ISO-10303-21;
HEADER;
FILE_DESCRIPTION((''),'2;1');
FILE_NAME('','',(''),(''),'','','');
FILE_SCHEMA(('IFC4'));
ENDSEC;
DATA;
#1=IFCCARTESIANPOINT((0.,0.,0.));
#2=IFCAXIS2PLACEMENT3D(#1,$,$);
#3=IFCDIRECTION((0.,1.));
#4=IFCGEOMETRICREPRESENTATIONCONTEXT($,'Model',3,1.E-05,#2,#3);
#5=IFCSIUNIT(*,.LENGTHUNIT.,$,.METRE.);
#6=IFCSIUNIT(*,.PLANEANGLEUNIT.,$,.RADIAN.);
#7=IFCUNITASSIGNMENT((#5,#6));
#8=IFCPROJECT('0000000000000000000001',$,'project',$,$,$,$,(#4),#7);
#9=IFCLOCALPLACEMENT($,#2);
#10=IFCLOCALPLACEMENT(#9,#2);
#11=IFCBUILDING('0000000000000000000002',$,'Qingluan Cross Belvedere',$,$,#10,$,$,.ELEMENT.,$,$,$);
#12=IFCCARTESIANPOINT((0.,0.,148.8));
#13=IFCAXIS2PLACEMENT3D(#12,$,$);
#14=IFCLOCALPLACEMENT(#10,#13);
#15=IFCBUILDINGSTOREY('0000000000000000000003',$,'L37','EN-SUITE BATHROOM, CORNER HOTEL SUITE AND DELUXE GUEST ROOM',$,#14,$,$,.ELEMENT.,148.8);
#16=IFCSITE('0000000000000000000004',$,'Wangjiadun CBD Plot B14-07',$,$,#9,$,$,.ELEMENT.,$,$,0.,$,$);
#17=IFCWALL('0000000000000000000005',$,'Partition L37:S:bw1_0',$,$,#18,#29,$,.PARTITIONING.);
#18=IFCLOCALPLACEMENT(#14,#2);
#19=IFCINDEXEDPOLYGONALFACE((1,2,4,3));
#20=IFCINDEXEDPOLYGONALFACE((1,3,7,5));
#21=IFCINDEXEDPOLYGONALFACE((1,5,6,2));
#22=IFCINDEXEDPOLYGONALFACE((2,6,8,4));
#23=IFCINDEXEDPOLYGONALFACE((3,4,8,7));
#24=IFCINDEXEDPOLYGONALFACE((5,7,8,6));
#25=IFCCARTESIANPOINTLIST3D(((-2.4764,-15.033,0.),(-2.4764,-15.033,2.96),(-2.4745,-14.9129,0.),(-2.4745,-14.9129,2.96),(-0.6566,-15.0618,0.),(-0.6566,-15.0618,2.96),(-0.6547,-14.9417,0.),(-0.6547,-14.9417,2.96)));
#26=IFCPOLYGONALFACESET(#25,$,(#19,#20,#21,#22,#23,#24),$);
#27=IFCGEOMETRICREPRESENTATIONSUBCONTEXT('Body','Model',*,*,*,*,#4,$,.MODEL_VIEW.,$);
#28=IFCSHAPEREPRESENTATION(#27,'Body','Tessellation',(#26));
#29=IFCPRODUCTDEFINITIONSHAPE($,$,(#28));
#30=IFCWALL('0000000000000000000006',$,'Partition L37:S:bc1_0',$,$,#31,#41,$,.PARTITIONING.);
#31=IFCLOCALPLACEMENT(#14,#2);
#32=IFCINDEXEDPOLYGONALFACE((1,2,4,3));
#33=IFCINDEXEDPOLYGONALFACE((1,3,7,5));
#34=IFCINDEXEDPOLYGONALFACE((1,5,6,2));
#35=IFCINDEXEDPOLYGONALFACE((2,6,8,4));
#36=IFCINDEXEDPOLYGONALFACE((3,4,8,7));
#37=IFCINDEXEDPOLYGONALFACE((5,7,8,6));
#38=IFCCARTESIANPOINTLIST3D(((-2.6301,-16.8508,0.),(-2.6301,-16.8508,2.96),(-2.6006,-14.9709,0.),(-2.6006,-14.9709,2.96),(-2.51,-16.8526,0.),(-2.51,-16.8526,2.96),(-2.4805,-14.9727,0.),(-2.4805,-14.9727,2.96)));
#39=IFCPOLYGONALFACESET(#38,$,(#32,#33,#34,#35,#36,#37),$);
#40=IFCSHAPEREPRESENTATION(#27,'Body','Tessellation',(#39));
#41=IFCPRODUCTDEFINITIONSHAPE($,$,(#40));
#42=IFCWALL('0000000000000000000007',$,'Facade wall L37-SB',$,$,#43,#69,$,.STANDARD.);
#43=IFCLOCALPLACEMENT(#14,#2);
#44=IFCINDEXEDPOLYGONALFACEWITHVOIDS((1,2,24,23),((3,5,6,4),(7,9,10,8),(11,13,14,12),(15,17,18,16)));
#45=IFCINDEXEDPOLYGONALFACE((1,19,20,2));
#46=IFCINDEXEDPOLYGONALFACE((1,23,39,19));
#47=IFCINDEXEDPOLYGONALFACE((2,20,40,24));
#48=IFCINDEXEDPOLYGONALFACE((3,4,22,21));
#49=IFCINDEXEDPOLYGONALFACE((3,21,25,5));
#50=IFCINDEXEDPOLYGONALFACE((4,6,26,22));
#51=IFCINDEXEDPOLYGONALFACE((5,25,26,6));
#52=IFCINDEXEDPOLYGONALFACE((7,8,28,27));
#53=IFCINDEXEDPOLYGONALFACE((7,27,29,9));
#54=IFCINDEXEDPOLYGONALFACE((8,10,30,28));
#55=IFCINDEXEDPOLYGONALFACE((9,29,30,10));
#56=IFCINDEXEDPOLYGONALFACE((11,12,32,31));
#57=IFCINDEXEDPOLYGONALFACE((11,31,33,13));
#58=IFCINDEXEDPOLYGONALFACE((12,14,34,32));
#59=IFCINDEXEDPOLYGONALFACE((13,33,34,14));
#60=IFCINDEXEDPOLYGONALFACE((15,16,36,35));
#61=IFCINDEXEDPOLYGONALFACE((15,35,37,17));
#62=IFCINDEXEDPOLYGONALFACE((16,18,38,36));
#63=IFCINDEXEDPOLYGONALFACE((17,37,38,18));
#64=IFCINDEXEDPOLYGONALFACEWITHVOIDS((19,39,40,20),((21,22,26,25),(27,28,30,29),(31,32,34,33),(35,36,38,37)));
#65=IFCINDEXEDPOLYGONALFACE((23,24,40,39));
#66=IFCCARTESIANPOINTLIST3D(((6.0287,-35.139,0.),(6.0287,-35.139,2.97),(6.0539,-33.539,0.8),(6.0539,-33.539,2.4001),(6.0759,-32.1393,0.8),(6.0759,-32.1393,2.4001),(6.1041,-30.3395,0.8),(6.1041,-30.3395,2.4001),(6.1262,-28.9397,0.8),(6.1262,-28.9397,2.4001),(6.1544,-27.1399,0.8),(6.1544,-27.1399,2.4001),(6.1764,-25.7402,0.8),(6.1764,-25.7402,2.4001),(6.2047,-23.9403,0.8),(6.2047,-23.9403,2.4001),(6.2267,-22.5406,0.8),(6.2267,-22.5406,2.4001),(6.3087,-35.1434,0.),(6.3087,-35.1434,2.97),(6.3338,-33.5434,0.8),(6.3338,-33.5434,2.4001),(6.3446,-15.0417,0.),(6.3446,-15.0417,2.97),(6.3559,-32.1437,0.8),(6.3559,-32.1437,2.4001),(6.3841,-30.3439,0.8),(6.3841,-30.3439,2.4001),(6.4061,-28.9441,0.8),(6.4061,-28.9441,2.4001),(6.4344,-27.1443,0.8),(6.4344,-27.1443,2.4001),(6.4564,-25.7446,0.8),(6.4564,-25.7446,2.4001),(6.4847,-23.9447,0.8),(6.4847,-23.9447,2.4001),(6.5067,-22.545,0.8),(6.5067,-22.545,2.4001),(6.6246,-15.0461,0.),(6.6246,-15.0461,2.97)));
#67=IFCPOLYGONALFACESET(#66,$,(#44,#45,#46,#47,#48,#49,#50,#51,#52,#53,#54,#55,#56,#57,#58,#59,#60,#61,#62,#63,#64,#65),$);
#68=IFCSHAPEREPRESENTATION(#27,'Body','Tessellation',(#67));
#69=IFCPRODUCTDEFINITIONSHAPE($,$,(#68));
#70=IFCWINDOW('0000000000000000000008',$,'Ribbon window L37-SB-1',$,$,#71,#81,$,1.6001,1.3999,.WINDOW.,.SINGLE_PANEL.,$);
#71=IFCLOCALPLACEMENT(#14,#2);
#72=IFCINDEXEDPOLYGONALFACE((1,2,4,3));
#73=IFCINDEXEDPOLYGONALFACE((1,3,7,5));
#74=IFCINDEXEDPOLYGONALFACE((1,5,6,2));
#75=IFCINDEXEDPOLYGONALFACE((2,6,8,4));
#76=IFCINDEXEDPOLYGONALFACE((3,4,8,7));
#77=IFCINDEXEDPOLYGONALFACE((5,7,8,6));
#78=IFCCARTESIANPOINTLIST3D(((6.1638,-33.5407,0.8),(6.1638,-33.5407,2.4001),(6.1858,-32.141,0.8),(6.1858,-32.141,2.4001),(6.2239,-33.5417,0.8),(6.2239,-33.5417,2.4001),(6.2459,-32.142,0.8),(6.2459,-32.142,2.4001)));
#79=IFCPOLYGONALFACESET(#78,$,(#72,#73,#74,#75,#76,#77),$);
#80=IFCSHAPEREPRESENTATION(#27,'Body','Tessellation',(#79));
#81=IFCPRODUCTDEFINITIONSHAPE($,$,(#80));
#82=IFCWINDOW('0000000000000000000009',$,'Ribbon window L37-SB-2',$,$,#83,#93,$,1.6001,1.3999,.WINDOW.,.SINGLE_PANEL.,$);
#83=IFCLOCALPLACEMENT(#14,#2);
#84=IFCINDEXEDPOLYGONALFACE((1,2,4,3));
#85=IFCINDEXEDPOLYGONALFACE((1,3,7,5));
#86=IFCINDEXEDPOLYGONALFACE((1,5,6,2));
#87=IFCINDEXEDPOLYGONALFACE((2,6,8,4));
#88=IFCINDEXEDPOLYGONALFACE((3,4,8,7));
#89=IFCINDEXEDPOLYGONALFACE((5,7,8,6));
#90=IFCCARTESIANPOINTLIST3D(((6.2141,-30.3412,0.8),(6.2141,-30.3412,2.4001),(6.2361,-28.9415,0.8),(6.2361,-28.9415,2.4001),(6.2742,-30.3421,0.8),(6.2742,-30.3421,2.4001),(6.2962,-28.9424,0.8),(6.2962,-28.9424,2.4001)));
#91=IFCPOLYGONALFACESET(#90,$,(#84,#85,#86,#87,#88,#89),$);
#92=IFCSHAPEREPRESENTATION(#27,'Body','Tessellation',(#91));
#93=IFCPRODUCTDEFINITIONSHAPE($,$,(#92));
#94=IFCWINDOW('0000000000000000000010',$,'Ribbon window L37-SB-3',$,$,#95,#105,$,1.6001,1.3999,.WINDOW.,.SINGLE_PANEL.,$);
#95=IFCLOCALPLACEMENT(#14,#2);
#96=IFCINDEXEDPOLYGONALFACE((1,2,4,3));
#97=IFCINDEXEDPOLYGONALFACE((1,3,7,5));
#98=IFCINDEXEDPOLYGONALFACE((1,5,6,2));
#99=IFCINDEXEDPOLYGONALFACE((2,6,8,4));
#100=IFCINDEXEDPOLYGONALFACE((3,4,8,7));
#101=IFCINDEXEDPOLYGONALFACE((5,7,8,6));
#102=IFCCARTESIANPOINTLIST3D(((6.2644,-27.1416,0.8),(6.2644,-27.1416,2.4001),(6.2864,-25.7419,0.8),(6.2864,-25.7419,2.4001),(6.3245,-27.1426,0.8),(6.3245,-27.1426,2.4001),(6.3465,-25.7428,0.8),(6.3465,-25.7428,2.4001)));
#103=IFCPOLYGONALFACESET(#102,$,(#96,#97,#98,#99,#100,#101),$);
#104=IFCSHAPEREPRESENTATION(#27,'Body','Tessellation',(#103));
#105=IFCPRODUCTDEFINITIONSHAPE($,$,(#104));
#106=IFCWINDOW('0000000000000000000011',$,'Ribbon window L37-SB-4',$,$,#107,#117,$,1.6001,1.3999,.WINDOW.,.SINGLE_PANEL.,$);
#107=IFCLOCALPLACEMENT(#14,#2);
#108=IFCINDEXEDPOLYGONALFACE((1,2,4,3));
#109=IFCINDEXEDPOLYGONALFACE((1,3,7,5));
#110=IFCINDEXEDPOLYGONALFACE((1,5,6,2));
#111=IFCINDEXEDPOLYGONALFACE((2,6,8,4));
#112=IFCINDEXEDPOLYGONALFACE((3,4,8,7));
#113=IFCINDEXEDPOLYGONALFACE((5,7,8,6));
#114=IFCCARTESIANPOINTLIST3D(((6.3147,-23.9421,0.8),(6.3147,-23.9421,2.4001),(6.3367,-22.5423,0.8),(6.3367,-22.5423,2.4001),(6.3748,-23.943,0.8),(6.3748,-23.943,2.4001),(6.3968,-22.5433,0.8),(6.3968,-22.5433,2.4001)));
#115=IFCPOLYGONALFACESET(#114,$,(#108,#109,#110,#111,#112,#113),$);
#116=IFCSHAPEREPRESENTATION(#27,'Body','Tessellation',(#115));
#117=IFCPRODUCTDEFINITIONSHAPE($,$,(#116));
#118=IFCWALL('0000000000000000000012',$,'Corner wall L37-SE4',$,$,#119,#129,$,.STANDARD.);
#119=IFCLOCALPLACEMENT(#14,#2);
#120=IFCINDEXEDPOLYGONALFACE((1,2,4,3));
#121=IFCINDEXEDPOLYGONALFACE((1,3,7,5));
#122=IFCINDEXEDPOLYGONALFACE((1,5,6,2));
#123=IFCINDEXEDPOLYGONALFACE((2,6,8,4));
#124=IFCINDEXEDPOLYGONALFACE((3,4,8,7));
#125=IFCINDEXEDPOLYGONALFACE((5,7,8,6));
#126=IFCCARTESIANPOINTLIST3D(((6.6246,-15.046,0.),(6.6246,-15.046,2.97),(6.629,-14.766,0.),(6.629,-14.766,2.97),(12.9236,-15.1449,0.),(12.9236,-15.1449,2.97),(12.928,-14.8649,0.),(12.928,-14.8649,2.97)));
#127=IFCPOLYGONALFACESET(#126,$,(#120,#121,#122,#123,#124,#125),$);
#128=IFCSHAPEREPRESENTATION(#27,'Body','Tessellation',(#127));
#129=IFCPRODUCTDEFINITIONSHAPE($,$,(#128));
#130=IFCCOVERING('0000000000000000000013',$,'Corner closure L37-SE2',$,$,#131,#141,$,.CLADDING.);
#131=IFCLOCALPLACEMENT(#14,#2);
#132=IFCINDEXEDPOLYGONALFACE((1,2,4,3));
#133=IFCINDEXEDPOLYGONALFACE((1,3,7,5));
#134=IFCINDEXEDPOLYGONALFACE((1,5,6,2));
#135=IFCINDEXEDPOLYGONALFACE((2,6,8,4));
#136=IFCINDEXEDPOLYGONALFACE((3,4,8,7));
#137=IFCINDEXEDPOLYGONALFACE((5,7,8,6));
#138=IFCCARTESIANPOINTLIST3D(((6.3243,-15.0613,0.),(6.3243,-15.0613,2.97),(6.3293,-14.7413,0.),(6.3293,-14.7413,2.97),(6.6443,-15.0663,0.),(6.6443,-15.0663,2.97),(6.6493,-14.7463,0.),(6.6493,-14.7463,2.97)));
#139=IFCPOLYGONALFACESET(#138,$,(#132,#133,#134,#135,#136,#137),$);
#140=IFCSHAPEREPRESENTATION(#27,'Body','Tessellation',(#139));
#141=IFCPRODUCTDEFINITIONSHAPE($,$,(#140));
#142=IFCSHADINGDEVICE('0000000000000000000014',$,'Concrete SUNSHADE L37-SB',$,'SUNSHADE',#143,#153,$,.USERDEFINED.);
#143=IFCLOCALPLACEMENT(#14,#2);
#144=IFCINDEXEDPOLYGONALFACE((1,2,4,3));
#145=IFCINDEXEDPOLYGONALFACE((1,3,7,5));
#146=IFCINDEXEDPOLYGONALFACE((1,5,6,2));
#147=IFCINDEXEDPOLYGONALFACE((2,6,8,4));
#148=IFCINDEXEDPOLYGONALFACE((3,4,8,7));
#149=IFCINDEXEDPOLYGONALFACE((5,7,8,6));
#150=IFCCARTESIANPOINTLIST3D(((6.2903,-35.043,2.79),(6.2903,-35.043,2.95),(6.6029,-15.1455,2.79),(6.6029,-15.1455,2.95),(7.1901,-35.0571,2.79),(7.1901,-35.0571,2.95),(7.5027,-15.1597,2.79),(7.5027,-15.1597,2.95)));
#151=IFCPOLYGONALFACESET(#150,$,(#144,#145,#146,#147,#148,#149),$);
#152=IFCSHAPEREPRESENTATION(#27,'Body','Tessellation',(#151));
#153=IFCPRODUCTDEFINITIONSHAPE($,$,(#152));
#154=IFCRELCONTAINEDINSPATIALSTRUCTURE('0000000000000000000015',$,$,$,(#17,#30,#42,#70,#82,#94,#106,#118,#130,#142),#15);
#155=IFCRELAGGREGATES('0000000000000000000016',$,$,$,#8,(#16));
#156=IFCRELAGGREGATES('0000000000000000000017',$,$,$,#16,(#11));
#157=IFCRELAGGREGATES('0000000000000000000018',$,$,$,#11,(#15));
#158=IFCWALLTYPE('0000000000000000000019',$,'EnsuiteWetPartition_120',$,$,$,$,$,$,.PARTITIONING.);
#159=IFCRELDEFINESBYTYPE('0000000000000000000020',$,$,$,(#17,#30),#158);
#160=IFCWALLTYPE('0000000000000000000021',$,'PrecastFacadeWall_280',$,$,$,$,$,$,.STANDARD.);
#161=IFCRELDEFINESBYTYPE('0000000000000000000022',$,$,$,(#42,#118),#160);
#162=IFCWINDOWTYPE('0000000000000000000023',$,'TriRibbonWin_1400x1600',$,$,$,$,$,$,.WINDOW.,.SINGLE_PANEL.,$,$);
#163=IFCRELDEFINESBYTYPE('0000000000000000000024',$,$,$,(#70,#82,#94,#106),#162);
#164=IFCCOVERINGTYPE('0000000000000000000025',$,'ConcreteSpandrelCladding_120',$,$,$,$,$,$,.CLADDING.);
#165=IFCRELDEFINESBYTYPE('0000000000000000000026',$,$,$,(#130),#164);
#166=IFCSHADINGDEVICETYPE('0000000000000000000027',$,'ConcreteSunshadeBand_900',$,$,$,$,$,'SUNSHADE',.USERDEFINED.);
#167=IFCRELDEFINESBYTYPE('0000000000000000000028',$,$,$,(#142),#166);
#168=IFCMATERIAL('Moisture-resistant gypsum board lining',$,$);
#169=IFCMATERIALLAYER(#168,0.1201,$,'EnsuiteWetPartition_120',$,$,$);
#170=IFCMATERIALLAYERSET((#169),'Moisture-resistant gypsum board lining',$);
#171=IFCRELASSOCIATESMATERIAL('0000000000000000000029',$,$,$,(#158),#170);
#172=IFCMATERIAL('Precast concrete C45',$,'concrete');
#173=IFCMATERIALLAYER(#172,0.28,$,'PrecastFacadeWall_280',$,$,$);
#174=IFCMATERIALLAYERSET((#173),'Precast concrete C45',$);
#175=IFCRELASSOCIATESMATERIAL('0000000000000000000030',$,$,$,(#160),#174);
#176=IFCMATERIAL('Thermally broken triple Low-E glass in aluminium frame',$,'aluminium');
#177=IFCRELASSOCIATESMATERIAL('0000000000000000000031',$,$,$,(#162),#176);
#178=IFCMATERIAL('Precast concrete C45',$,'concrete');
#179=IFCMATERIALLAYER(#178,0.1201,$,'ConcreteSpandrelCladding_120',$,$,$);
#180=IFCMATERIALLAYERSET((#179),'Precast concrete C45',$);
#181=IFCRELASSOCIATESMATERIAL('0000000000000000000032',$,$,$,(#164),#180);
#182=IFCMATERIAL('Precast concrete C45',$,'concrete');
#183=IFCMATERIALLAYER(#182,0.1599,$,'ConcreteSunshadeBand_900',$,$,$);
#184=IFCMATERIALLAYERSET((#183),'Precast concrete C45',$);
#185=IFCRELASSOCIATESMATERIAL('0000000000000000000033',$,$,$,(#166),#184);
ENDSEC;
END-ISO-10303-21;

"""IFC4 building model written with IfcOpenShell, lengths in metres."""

from ifc_helpers import new_model, si_unit, direction, frame, frame_2d, origin, origin_2d, place, context, subcontext, project, spatial, rectangle, extrude, material, layer, layer_set, type_object, element, fill, save


model = new_model("IFC4")

# Units and contexts
model_context = context("Model", 3, precision=1e-05, world=origin(), true_north=direction((0.0, 1.0)))
body_context = subcontext(model_context, "Body", "Model", "MODEL_VIEW")
ifc_project = project(units=[si_unit("LENGTHUNIT", "METRE"), si_unit("PLANEANGLEUNIT", "RADIAN")], contexts=[model_context])

# Site, building, storey
site_placement = place(None, origin())
site = spatial("IfcSite", under=ifc_project, at=site_placement, Name="Wangjiadun CBD Plot B14-07", CompositionType="ELEMENT", RefElevation=0.0)
building_placement = place(site_placement, origin())
building = spatial("IfcBuilding", under=site, at=building_placement, Name="Qingluan Cross Belvedere", CompositionType="ELEMENT")
storey_placement = place(building_placement, frame((0.0, 0.0, 148.8)))
storey = spatial("IfcBuildingStorey", under=building, at=storey_placement, Name="L37", Description="EN-SUITE BATHROOM, CORNER HOTEL SUITE AND DELUXE GUEST ROOM", CompositionType="ELEMENT", Elevation=148.8)

# Shared definitions
ifc_material_1 = material(Name="Moisture-resistant gypsum board lining")
ifc_layer_1 = layer(ifc_material_1, 0.1201, Name="EnsuiteWetPartition_120")
ifc_layer_set_1 = layer_set([ifc_layer_1], Name="Moisture-resistant gypsum board lining")
wall_type_1 = type_object("IfcWallType", Name="EnsuiteWetPartition_120", PredefinedType="PARTITIONING", material=ifc_layer_set_1)

# Walls
wall_1_placement = place(storey_placement, frame((-2.4756, -14.9729, 0.0), z_axis=(0.0, 0.0, 1.0), x_axis=(0.999875, -0.015828, 0.0)))
element("IfcWall", 1, at=wall_1_placement, inside=storey, type_object=wall_type_1, Name="Partition L37:S:bw1_0", PredefinedType="PARTITIONING", context=body_context, shape_type="SweptSolid", body=[
    extrude(rectangle(XDim=1.8201, YDim=0.1201, at=frame_2d((0.9102, 0.0))), origin(), (0.0, 0.0, 1.0), 2.96),
])
wall_2_placement = place(storey_placement, frame((-2.5405, -14.9719, 0.0), z_axis=(0.0, 0.0, 1.0), x_axis=(-0.015712, -0.999877, 0.0)))
element("IfcWall", 2, at=wall_2_placement, inside=storey, type_object=wall_type_1, Name="Partition L37:S:bc1_0", PredefinedType="PARTITIONING", context=body_context, shape_type="SweptSolid", body=[
    extrude(rectangle(XDim=1.8801, YDim=0.1201, at=frame_2d((0.9399, 0.0))), origin(), (0.0, 0.0, 1.0), 2.96),
])

# Wall, openings, windows
ifc_material_2 = material(Name="Precast concrete C45", Category="concrete")
ifc_layer_2 = layer(ifc_material_2, 0.28, Name="PrecastFacadeWall_280")
ifc_layer_set_2 = layer_set([ifc_layer_2], Name="Precast concrete C45")
wall_type_2 = type_object("IfcWallType", Name="PrecastFacadeWall_280", PredefinedType="STANDARD", material=ifc_layer_set_2)
wall_3_placement = place(storey_placement, frame((6.1687, -35.1411, 0.0), z_axis=(0.0, 0.0, 1.0), x_axis=(0.015717, 0.999876, 0.0)))
wall_3 = element("IfcWall", 3, at=wall_3_placement, inside=storey, type_object=wall_type_2, Name="Facade wall L37-SB", PredefinedType="STANDARD", context=body_context, shape_type="SweptSolid", body=[
    extrude(rectangle(XDim=20.0999, YDim=0.28, at=frame_2d((10.0498, 0.0))), origin(), (0.0, 0.0, 1.0), 2.97),
])
opening_1_placement = place(wall_3_placement, frame((1.6001, 0.0, 0.8)))
opening_1 = element("IfcOpeningElement", 4, at=opening_1_placement, cuts=wall_3, PredefinedType="OPENING", context=body_context, shape_type="SweptSolid", body=[
    extrude(rectangle(XDim=1.3999, YDim=1.6001, at=frame_2d((0.7, 0.8))), frame((0.0, 0.1499, 0.0), z_axis=(0.0, -1.0, 0.0), x_axis=(1.0, 0.0, 0.0)), (0.0, 0.0, 1.0), 0.3),
])
opening_2_placement = place(wall_3_placement, frame((4.8, 0.0, 0.8)))
opening_2 = element("IfcOpeningElement", 5, at=opening_2_placement, cuts=wall_3, PredefinedType="OPENING", context=body_context, shape_type="SweptSolid", body=[
    extrude(rectangle(XDim=1.3999, YDim=1.6001, at=frame_2d((0.7, 0.8))), frame((0.0, 0.1499, 0.0), z_axis=(0.0, -1.0, 0.0), x_axis=(1.0, 0.0, 0.0)), (0.0, 0.0, 1.0), 0.3),
])
opening_3_placement = place(wall_3_placement, frame((8.0, 0.0, 0.8)))
opening_3 = element("IfcOpeningElement", 6, at=opening_3_placement, cuts=wall_3, PredefinedType="OPENING", context=body_context, shape_type="SweptSolid", body=[
    extrude(rectangle(XDim=1.3999, YDim=1.6001, at=frame_2d((0.7, 0.8))), frame((0.0, 0.1499, 0.0), z_axis=(0.0, -1.0, 0.0), x_axis=(1.0, 0.0, 0.0)), (0.0, 0.0, 1.0), 0.3),
])
opening_4_placement = place(wall_3_placement, frame((11.2, 0.0, 0.8)))
opening_4 = element("IfcOpeningElement", 7, at=opening_4_placement, cuts=wall_3, PredefinedType="OPENING", context=body_context, shape_type="SweptSolid", body=[
    extrude(rectangle(XDim=1.3999, YDim=1.6001, at=frame_2d((0.7, 0.8))), frame((0.0, 0.1499, 0.0), z_axis=(0.0, -1.0, 0.0), x_axis=(1.0, 0.0, 0.0)), (0.0, 0.0, 1.0), 0.3),
])
ifc_material_3 = material(Name="Thermally broken triple Low-E glass in aluminium frame", Category="aluminium")
window_type = type_object("IfcWindowType", Name="TriRibbonWin_1400x1600", PartitioningType="SINGLE_PANEL", PredefinedType="WINDOW", material=ifc_material_3)
window_1_placement = place(opening_1_placement, origin())
window_1 = element("IfcWindow", 8, at=window_1_placement, inside=storey, type_object=window_type, Name="Ribbon window L37-SB-1", OverallHeight=1.6001, OverallWidth=1.3999, PartitioningType="SINGLE_PANEL", PredefinedType="WINDOW", context=body_context, shape_type="SweptSolid", body=[
    extrude(rectangle(XDim=1.3999, YDim=1.6001, at=frame_2d((0.7, 0.8))), frame((0.0, 0.03, 0.0), z_axis=(0.0, -1.0, 0.0), x_axis=(1.0, 0.0, 0.0)), (0.0, 0.0, 1.0), 0.0601),
])
fill(opening_1, window_1)
window_2_placement = place(opening_2_placement, origin())
window_2 = element("IfcWindow", 9, at=window_2_placement, inside=storey, type_object=window_type, Name="Ribbon window L37-SB-2", OverallHeight=1.6001, OverallWidth=1.3999, PartitioningType="SINGLE_PANEL", PredefinedType="WINDOW", context=body_context, shape_type="SweptSolid", body=[
    extrude(rectangle(XDim=1.3999, YDim=1.6001, at=frame_2d((0.7, 0.8))), frame((0.0, 0.03, 0.0), z_axis=(0.0, -1.0, 0.0), x_axis=(1.0, 0.0, 0.0)), (0.0, 0.0, 1.0), 0.0601),
])
fill(opening_2, window_2)
window_3_placement = place(opening_3_placement, origin())
window_3 = element("IfcWindow", 10, at=window_3_placement, inside=storey, type_object=window_type, Name="Ribbon window L37-SB-3", OverallHeight=1.6001, OverallWidth=1.3999, PartitioningType="SINGLE_PANEL", PredefinedType="WINDOW", context=body_context, shape_type="SweptSolid", body=[
    extrude(rectangle(XDim=1.3999, YDim=1.6001, at=frame_2d((0.7, 0.8))), frame((0.0, 0.03, 0.0), z_axis=(0.0, -1.0, 0.0), x_axis=(1.0, 0.0, 0.0)), (0.0, 0.0, 1.0), 0.0601),
])
fill(opening_3, window_3)
window_4_placement = place(opening_4_placement, origin())
window_4 = element("IfcWindow", 11, at=window_4_placement, inside=storey, type_object=window_type, Name="Ribbon window L37-SB-4", OverallHeight=1.6001, OverallWidth=1.3999, PartitioningType="SINGLE_PANEL", PredefinedType="WINDOW", context=body_context, shape_type="SweptSolid", body=[
    extrude(rectangle(XDim=1.3999, YDim=1.6001, at=frame_2d((0.7, 0.8))), frame((0.0, 0.03, 0.0), z_axis=(0.0, -1.0, 0.0), x_axis=(1.0, 0.0, 0.0)), (0.0, 0.0, 1.0), 0.0601),
])
fill(opening_4, window_4)

# Wall
wall_4_placement = place(storey_placement, frame((12.9258, -15.0049, 0.0), z_axis=(0.0, 0.0, 1.0), x_axis=(-0.999877, 0.015695, 0.0)))
element("IfcWall", 12, at=wall_4_placement, inside=storey, type_object=wall_type_2, Name="Corner wall L37-SE4", PredefinedType="STANDARD", context=body_context, shape_type="SweptSolid", body=[
    extrude(rectangle(XDim=6.2998, YDim=0.28, at=frame_2d((3.1499, 0.0))), origin(), (0.0, 0.0, 1.0), 2.97),
])

# Covering
ifc_material_4 = material(Name="Precast concrete C45", Category="concrete")
ifc_layer_3 = layer(ifc_material_4, 0.1201, Name="ConcreteSpandrelCladding_120")
ifc_layer_set_3 = layer_set([ifc_layer_3], Name="Precast concrete C45")
covering_type = type_object("IfcCoveringType", Name="ConcreteSpandrelCladding_120", PredefinedType="CLADDING", material=ifc_layer_set_3)
covering_placement = place(storey_placement, frame((6.4868, -14.9038, 0.0), z_axis=(0.0, 0.0, 1.0), x_axis=(0.999877, -0.015707, 0.0)))
element("IfcCovering", 13, at=covering_placement, inside=storey, type_object=covering_type, Name="Corner closure L37-SE2", PredefinedType="CLADDING", context=body_context, shape_type="SweptSolid", body=[
    extrude(rectangle(XDim=0.3201, YDim=0.3201, at=origin_2d()), origin(), (0.0, 0.0, 1.0), 2.97),
])

# Shading device
ifc_material_5 = material(Name="Precast concrete C45", Category="concrete")
ifc_layer_4 = layer(ifc_material_5, 0.1599, Name="ConcreteSunshadeBand_900")
ifc_layer_set_4 = layer_set([ifc_layer_4], Name="Precast concrete C45")
shading_device_type = type_object("IfcShadingDeviceType", Name="ConcreteSunshadeBand_900", ElementType="SUNSHADE", PredefinedType="USERDEFINED", material=ifc_layer_set_4)
shading_device_placement = place(storey_placement, frame((6.8965, -25.1013, 2.79), z_axis=(0.0, 0.0, 1.0), x_axis=(0.015706, 0.999877, 0.0)))
element("IfcShadingDevice", 14, at=shading_device_placement, inside=storey, type_object=shading_device_type, Name="Concrete SUNSHADE L37-SB", ObjectType="SUNSHADE", PredefinedType="USERDEFINED", context=body_context, shape_type="SweptSolid", body=[
    extrude(rectangle(XDim=19.8999, YDim=0.8999, at=origin_2d()), origin(), (0.0, 0.0, 1.0), 0.1599),
])

save(model, "model.ifc")
